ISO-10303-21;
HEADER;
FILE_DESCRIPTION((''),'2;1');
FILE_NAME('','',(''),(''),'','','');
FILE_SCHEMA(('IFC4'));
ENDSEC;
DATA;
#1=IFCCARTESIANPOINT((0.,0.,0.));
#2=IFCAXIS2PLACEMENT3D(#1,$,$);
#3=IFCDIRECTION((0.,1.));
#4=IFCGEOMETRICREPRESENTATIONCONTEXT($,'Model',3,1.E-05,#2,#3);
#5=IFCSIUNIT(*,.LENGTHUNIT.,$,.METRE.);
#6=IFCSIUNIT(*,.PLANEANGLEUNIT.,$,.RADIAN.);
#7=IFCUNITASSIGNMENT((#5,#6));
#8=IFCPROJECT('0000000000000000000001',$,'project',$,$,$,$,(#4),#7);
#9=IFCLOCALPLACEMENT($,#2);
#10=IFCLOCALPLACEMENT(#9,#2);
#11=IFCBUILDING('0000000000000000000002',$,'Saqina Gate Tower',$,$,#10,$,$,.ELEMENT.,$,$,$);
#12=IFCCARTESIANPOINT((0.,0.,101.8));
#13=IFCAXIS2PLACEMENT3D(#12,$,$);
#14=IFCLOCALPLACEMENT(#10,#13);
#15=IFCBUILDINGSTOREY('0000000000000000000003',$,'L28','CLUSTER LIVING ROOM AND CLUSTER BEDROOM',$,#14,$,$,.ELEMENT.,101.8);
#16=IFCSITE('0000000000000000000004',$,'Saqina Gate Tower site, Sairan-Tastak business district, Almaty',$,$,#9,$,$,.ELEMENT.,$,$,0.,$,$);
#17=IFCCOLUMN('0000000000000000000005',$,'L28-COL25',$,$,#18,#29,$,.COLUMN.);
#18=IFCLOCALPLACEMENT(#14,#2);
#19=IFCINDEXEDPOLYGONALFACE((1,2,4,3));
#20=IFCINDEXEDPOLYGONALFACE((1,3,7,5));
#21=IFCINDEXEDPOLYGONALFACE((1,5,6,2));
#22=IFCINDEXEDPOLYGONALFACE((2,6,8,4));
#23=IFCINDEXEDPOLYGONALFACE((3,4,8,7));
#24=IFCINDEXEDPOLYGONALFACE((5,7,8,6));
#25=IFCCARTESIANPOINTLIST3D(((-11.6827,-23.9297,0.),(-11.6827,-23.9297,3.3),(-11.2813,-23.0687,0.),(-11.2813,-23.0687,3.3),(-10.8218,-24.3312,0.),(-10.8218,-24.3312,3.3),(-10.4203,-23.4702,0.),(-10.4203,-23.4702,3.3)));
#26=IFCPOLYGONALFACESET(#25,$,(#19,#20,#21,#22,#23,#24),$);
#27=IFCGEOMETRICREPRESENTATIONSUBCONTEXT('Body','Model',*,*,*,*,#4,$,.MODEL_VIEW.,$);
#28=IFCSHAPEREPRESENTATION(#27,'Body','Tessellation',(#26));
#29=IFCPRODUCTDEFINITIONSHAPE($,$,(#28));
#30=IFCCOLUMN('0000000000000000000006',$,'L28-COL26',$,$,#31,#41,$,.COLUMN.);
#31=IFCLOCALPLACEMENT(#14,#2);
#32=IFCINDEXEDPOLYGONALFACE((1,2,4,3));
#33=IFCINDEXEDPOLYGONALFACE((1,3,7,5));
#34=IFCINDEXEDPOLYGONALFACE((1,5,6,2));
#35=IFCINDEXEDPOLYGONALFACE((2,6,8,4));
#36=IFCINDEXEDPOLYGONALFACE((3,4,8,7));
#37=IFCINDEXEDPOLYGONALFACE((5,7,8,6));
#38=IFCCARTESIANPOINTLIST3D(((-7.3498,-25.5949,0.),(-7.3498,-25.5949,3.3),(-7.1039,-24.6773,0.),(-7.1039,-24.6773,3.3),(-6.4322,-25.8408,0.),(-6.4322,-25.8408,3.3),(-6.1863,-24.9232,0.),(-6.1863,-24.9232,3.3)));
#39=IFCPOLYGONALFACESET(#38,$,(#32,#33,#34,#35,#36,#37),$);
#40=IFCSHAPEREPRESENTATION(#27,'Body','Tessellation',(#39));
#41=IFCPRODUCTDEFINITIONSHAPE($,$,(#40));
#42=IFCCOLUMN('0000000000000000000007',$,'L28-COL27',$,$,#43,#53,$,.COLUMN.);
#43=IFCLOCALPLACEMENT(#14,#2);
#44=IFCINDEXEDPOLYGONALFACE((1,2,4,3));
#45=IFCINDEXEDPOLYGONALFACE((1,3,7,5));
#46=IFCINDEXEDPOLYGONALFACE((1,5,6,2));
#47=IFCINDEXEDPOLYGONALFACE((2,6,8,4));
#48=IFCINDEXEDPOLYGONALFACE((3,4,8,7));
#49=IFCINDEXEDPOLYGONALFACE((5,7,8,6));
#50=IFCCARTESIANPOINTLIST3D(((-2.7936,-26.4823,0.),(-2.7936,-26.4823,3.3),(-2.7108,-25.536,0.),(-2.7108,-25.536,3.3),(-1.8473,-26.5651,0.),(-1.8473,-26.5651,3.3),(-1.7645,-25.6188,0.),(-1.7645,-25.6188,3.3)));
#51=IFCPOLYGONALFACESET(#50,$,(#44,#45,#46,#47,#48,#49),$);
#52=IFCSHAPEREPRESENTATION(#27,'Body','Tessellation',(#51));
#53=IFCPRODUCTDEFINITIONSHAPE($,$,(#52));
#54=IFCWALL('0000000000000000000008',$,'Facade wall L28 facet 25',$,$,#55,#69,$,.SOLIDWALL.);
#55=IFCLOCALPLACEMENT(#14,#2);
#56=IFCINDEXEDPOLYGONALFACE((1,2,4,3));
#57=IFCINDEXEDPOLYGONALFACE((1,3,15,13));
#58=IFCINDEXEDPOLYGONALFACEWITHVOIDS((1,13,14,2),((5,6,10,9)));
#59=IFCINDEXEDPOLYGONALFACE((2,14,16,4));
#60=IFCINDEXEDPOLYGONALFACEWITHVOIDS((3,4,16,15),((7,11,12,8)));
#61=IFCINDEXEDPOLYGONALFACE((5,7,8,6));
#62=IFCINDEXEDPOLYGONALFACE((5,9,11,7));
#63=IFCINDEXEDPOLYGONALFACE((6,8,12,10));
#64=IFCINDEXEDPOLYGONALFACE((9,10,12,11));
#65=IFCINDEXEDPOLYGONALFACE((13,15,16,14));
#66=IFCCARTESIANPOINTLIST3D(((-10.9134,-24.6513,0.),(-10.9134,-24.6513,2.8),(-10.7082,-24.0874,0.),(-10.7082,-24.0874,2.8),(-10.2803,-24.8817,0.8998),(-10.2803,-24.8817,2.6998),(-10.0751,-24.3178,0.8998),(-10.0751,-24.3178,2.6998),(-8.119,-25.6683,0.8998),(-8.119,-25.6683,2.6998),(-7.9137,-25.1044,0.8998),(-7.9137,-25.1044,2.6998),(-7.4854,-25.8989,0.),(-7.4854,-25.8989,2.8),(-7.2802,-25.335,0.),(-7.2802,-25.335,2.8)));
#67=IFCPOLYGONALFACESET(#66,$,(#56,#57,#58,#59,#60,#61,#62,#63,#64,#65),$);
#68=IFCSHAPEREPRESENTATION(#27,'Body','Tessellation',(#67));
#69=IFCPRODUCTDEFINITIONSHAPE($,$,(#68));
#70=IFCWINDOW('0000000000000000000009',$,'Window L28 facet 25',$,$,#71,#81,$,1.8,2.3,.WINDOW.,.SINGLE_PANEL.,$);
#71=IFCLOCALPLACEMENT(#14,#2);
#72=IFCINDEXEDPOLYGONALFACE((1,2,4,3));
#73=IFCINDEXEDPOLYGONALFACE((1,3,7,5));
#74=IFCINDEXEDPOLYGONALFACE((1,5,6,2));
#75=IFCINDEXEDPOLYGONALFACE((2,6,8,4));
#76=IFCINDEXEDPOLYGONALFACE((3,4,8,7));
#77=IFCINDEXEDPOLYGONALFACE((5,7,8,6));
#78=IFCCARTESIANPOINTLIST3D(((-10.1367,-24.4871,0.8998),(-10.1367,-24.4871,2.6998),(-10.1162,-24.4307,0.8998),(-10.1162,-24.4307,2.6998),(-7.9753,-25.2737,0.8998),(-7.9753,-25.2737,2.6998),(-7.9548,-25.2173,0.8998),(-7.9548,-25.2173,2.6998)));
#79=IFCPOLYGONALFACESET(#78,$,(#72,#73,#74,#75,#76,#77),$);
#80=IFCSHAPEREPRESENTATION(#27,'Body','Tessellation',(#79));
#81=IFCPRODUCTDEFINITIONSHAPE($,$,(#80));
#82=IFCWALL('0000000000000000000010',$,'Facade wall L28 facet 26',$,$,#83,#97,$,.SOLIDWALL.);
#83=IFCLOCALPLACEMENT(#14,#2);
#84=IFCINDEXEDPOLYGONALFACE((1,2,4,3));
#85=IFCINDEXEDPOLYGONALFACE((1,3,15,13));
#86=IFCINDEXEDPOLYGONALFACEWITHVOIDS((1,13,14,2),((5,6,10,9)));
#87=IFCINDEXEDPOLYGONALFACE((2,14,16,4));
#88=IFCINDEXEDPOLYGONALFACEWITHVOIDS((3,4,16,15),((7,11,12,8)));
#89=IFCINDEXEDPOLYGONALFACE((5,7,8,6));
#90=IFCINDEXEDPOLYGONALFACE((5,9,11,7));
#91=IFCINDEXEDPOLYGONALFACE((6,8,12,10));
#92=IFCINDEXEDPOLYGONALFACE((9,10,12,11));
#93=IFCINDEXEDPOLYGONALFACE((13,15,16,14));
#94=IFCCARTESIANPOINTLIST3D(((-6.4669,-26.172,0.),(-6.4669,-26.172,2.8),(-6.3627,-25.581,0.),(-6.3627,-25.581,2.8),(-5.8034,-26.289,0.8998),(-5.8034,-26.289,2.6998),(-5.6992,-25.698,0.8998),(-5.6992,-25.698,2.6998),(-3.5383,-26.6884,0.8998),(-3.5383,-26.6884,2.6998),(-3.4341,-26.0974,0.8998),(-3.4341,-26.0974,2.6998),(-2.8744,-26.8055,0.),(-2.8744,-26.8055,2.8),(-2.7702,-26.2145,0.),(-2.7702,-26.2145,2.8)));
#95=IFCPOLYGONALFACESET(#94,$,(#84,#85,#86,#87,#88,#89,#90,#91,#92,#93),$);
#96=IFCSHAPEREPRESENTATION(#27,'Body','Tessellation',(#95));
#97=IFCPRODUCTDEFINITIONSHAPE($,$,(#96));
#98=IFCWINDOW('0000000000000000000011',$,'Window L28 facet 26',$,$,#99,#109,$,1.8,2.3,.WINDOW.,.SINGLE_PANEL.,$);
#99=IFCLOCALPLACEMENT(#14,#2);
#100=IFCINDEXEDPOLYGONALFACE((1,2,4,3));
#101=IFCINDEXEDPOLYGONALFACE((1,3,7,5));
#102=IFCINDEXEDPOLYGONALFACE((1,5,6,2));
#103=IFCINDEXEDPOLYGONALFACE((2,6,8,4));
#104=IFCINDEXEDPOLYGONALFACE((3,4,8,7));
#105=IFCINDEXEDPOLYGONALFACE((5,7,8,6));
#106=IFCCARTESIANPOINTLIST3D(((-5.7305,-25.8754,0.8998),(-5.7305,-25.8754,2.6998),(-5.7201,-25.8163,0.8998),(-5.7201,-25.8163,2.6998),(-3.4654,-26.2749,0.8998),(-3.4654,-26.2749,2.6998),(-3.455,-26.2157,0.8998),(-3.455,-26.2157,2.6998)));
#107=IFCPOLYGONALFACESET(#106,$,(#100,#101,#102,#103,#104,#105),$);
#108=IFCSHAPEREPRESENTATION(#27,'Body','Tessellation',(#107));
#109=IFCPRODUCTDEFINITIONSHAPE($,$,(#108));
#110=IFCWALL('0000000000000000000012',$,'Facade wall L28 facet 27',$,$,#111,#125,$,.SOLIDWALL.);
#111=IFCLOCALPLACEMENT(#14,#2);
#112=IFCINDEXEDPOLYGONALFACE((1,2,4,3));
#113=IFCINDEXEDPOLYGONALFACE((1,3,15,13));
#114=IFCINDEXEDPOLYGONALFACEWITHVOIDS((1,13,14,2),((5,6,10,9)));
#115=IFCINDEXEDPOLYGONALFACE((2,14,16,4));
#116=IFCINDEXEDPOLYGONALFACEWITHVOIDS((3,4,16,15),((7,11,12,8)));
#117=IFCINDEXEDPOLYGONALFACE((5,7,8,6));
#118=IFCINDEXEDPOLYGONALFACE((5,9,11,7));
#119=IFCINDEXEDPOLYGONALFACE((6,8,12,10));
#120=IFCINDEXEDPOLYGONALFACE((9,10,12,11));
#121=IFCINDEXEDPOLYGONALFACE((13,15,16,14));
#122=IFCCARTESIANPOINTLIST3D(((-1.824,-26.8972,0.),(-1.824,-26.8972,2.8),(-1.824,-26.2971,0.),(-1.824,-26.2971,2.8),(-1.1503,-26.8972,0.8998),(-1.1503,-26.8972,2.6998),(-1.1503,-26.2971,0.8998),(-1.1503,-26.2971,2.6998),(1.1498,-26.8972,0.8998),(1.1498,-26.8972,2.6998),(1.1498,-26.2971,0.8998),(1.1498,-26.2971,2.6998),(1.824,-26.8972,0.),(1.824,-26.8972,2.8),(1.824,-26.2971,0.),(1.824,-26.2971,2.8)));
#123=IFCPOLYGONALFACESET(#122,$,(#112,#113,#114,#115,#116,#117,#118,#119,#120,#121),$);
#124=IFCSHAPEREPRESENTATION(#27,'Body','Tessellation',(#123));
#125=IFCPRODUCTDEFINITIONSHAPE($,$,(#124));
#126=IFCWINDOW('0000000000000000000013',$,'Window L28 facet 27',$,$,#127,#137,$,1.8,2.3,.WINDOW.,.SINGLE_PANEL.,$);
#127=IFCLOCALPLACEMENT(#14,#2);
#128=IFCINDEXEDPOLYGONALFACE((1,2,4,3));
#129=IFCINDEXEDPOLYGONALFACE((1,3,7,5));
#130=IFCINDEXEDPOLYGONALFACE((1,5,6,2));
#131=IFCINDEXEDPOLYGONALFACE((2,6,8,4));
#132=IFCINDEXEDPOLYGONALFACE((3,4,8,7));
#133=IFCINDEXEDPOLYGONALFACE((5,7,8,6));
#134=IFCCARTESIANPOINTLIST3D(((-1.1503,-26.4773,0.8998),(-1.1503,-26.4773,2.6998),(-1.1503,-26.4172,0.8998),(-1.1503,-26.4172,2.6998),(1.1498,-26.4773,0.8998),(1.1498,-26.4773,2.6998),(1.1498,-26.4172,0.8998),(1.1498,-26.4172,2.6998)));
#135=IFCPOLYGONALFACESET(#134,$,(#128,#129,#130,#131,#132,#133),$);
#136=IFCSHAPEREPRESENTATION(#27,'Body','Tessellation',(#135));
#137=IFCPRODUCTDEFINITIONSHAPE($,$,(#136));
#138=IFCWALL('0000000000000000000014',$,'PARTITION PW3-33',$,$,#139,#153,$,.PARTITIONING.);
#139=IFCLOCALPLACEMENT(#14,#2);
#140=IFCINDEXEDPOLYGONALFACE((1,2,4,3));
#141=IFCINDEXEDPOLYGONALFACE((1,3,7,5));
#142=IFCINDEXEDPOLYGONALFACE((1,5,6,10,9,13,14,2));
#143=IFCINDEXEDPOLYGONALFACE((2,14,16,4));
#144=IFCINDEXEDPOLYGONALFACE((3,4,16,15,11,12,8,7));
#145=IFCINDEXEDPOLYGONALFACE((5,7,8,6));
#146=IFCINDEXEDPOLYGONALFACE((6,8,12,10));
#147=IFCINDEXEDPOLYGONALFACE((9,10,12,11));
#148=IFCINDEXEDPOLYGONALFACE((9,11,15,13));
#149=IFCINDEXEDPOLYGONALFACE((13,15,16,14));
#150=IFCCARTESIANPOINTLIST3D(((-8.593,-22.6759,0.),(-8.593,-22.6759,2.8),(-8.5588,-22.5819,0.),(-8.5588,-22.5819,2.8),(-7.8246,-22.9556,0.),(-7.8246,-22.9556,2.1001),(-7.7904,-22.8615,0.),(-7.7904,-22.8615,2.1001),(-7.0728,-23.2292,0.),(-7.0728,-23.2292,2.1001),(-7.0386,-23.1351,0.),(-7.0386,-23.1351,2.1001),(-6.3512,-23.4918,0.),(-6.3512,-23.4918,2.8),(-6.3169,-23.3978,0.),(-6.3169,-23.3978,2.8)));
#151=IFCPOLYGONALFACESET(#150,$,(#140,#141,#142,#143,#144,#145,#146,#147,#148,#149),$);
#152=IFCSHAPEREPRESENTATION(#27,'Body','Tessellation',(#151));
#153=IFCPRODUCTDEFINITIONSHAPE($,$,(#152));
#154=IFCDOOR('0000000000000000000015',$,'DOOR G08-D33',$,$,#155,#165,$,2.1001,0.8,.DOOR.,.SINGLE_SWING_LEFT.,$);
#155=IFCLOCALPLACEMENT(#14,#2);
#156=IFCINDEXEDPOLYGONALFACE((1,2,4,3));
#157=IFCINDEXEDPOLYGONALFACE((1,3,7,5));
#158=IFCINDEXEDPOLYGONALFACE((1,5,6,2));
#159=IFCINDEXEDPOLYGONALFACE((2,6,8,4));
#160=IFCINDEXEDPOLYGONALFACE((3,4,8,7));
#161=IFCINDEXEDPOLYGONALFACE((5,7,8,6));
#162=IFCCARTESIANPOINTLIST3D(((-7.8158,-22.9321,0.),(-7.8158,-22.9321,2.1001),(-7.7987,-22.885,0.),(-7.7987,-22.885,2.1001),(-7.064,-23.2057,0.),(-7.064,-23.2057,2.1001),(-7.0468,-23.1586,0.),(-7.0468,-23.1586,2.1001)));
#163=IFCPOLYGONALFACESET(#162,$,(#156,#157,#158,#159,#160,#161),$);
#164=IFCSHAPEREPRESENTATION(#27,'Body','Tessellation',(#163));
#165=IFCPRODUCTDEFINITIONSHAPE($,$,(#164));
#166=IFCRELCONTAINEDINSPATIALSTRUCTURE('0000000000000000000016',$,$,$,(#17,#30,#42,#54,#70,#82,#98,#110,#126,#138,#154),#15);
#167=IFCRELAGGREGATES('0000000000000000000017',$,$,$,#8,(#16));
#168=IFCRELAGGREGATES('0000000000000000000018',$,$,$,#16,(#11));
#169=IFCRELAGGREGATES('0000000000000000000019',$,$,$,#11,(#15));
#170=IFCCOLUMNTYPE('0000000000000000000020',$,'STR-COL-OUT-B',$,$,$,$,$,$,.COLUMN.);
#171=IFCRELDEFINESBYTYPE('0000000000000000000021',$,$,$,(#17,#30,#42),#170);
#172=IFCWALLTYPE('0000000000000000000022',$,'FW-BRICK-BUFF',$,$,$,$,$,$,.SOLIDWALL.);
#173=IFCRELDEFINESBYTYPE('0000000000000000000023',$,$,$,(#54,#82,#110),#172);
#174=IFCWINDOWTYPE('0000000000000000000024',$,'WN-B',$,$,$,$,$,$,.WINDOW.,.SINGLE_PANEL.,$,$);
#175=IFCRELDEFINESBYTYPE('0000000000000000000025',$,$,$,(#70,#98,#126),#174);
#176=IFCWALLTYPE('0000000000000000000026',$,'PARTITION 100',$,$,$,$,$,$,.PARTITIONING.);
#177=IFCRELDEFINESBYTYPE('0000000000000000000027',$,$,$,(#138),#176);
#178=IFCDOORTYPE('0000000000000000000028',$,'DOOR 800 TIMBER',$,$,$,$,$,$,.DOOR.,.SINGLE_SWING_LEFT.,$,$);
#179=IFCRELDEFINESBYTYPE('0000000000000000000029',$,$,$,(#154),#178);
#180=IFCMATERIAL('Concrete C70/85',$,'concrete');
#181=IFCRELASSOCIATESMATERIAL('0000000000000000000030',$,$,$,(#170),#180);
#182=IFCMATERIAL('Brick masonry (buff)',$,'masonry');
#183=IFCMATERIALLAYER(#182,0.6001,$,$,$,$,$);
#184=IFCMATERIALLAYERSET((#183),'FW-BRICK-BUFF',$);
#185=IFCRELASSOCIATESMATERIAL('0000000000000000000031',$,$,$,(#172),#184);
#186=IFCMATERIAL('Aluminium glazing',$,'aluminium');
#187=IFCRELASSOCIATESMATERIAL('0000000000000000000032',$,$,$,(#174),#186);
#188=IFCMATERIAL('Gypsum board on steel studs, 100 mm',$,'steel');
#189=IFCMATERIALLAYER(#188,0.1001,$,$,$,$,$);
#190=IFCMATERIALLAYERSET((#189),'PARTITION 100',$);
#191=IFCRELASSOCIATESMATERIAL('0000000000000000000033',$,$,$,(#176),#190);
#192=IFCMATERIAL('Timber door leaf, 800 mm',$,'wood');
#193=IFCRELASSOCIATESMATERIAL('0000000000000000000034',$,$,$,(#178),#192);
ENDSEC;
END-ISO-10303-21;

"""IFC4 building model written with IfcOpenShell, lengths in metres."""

from ifc_helpers import new_model, si_unit, direction, frame, frame_2d, origin, origin_2d, place, context, subcontext, project, spatial, rectangle, extrude, material, layer, layer_set, material_profile, profile_set, type_object, element, fill, save


model = new_model("IFC4")

# Units and contexts
model_context = context("Model", 3, precision=1e-05, world=origin(), true_north=direction((0.0, 1.0)))
body_context = subcontext(model_context, "Body", "Model", "MODEL_VIEW")
ifc_project = project(units=[si_unit("LENGTHUNIT", "METRE"), si_unit("PLANEANGLEUNIT", "RADIAN")], contexts=[model_context])

# Site, building, storey
site_placement = place(None, origin())
site = spatial("IfcSite", under=ifc_project, at=site_placement, Name="Saqina Gate Tower site, Sairan-Tastak business district, Almaty", CompositionType="ELEMENT", RefElevation=0.0)
building_placement = place(site_placement, origin())
building = spatial("IfcBuilding", under=site, at=building_placement, Name="Saqina Gate Tower", CompositionType="ELEMENT")
storey_placement = place(building_placement, frame((0.0, 0.0, 101.8)))
storey = spatial("IfcBuildingStorey", under=building, at=storey_placement, Name="L28", Description="CLUSTER LIVING ROOM AND CLUSTER BEDROOM", CompositionType="ELEMENT", Elevation=101.8)

# Columns
ifc_material_1 = material(Name="Concrete C70/85", Category="concrete")
ifc_material_profile = material_profile(ifc_material_1, rectangle(XDim=0.95, YDim=0.95, at=origin_2d()), Name="RC 950x950")
ifc_profile_set = profile_set([ifc_material_profile], Name="Concrete C70/85")
column_type = type_object("IfcColumnType", Name="STR-COL-OUT-B", PredefinedType="COLUMN", material=ifc_profile_set)
for number, where, z_axis, x_axis, name in (
    (1, (-11.0515, -23.7, 0.0), (0.0, 0.0, 1.0), (-0.422618, -0.906308, 0.0), "L28-COL25"),
    (2, (-6.7681, -25.259, 0.0), (0.0, 0.0, 1.0), (-0.258819, -0.965926, 0.0), "L28-COL26"),
    (3, (-2.2791, -26.0505, 0.0), (0.0, 0.0, 1.0), (-0.087156, -0.996195, 0.0), "L28-COL27"),
):
    element("IfcColumn", number, at=place(storey_placement, frame(where, z_axis=z_axis, x_axis=x_axis)), inside=storey, type_object=column_type, Name=name, PredefinedType="COLUMN", context=body_context, shape_type="SweptSolid", body=[
        extrude(rectangle(XDim=0.95, YDim=0.95, at=origin_2d()), origin(), (0.0, 0.0, 1.0), 3.3),
    ])

# Walls, openings, windows
ifc_material_2 = material(Name="Brick masonry (buff)", Category="masonry")
ifc_layer_1 = layer(ifc_material_2, 0.6001)
ifc_layer_set_1 = layer_set([ifc_layer_1], Name="FW-BRICK-BUFF")
wall_type_1 = type_object("IfcWallType", Name="FW-BRICK-BUFF", PredefinedType="SOLIDWALL", material=ifc_layer_set_1)
wall_1_placement = place(storey_placement, frame((-10.8108, -24.3694, 0.0), z_axis=(0.0, 0.0, 1.0), x_axis=(0.939704, -0.34199, 0.0)))
wall_1 = element("IfcWall", 4, at=wall_1_placement, inside=storey, type_object=wall_type_1, Name="Facade wall L28 facet 25", PredefinedType="SOLIDWALL", context=body_context, shape_type="SweptSolid", body=[
    extrude(rectangle(XDim=3.6479, YDim=0.6001, at=frame_2d((1.824, 0.0))), origin(), (0.0, 0.0, 1.0), 2.8),
])
opening_1_placement = place(wall_1_placement, frame((0.6738, 0.0, 0.8999)))
opening_1 = element("IfcOpeningElement", 5, at=opening_1_placement, cuts=wall_1, PredefinedType="OPENING", context=body_context, shape_type="SweptSolid", body=[
    extrude(rectangle(XDim=2.3, YDim=1.8, at=frame_2d((1.1499, 0.8999))), frame((0.0, 0.312, 0.0), z_axis=(0.0, -1.0, 0.0), x_axis=(1.0, 0.0, 0.0)), (0.0, 0.0, 1.0), 0.624),
])
ifc_material_3 = material(Name="Aluminium glazing", Category="aluminium")
window_type = type_object("IfcWindowType", Name="WN-B", PartitioningType="SINGLE_PANEL", PredefinedType="WINDOW", material=ifc_material_3)
window_1_placement = place(opening_1_placement, origin())
window_1 = element("IfcWindow", 6, at=window_1_placement, inside=storey, type_object=window_type, Name="Window L28 facet 25", OverallHeight=1.8, OverallWidth=2.3, PartitioningType="SINGLE_PANEL", PredefinedType="WINDOW", context=body_context, shape_type="SweptSolid", body=[
    extrude(rectangle(XDim=2.3, YDim=1.8, at=frame_2d((1.1499, 0.8999))), frame((0.0, 0.1799, 0.0), z_axis=(0.0, -1.0, 0.0), x_axis=(1.0, 0.0, 0.0)), (0.0, 0.0, 1.0), 0.0601),
])
fill(opening_1, window_1)
wall_2_placement = place(storey_placement, frame((-6.4148, -25.8765, 0.0), z_axis=(0.0, 0.0, 1.0), x_axis=(0.984804, -0.173671, 0.0)))
wall_2 = element("IfcWall", 7, at=wall_2_placement, inside=storey, type_object=wall_type_1, Name="Facade wall L28 facet 26", PredefinedType="SOLIDWALL", context=body_context, shape_type="SweptSolid", body=[
    extrude(rectangle(XDim=3.6479, YDim=0.6001, at=frame_2d((1.824, 0.0))), origin(), (0.0, 0.0, 1.0), 2.8),
])
opening_2_placement = place(wall_2_placement, frame((0.6738, 0.0, 0.8999)))
opening_2 = element("IfcOpeningElement", 8, at=opening_2_placement, cuts=wall_2, PredefinedType="OPENING", context=body_context, shape_type="SweptSolid", body=[
    extrude(rectangle(XDim=2.3, YDim=1.8, at=frame_2d((1.1499, 0.8999))), frame((0.0, 0.312, 0.0), z_axis=(0.0, -1.0, 0.0), x_axis=(1.0, 0.0, 0.0)), (0.0, 0.0, 1.0), 0.624),
])
window_2_placement = place(opening_2_placement, origin())
window_2 = element("IfcWindow", 9, at=window_2_placement, inside=storey, type_object=window_type, Name="Window L28 facet 26", OverallHeight=1.8, OverallWidth=2.3, PartitioningType="SINGLE_PANEL", PredefinedType="WINDOW", context=body_context, shape_type="SweptSolid", body=[
    extrude(rectangle(XDim=2.3, YDim=1.8, at=frame_2d((1.1499, 0.8999))), frame((0.0, 0.1799, 0.0), z_axis=(0.0, -1.0, 0.0), x_axis=(1.0, 0.0, 0.0)), (0.0, 0.0, 1.0), 0.0601),
])
fill(opening_2, window_2)
wall_3_placement = place(storey_placement, frame((-1.824, -26.5972, 0.0), z_axis=(0.0, 0.0, 1.0), x_axis=(1.0, 0.0, 0.0)))
wall_3 = element("IfcWall", 10, at=wall_3_placement, inside=storey, type_object=wall_type_1, Name="Facade wall L28 facet 27", PredefinedType="SOLIDWALL", context=body_context, shape_type="SweptSolid", body=[
    extrude(rectangle(XDim=3.6479, YDim=0.6001, at=frame_2d((1.824, 0.0))), origin(), (0.0, 0.0, 1.0), 2.8),
])
opening_3_placement = place(wall_3_placement, frame((0.6738, 0.0, 0.8999)))
opening_3 = element("IfcOpeningElement", 11, at=opening_3_placement, cuts=wall_3, PredefinedType="OPENING", context=body_context, shape_type="SweptSolid", body=[
    extrude(rectangle(XDim=2.3, YDim=1.8, at=frame_2d((1.1499, 0.8999))), frame((0.0, 0.312, 0.0), z_axis=(0.0, -1.0, 0.0), x_axis=(1.0, 0.0, 0.0)), (0.0, 0.0, 1.0), 0.624),
])
window_3_placement = place(opening_3_placement, origin())
window_3 = element("IfcWindow", 12, at=window_3_placement, inside=storey, type_object=window_type, Name="Window L28 facet 27", OverallHeight=1.8, OverallWidth=2.3, PartitioningType="SINGLE_PANEL", PredefinedType="WINDOW", context=body_context, shape_type="SweptSolid", body=[
    extrude(rectangle(XDim=2.3, YDim=1.8, at=frame_2d((1.1499, 0.8999))), frame((0.0, 0.1799, 0.0), z_axis=(0.0, -1.0, 0.0), x_axis=(1.0, 0.0, 0.0)), (0.0, 0.0, 1.0), 0.0601),
])
fill(opening_3, window_3)

# Wall, opening, door
ifc_material_4 = material(Name="Gypsum board on steel studs, 100 mm", Category="steel")
ifc_layer_2 = layer(ifc_material_4, 0.1001)
ifc_layer_set_2 = layer_set([ifc_layer_2], Name="PARTITION 100")
wall_type_2 = type_object("IfcWallType", Name="PARTITION 100", PredefinedType="PARTITIONING", material=ifc_layer_set_2)
wall_4_placement = place(storey_placement, frame((-8.5759, -22.6289, 0.0), z_axis=(0.0, 0.0, 1.0), x_axis=(0.939704, -0.34199, 0.0)))
wall_4 = element("IfcWall", 13, at=wall_4_placement, inside=storey, type_object=wall_type_2, Name="PARTITION PW3-33", PredefinedType="PARTITIONING", context=body_context, shape_type="SweptSolid", body=[
    extrude(rectangle(XDim=2.3857, YDim=0.1001, at=frame_2d((1.1929, 0.0))), origin(), (0.0, 0.0, 1.0), 2.8),
])
opening_4_placement = place(wall_4_placement, frame((0.8179, 0.0, 0.0)))
opening_4 = element("IfcOpeningElement", 14, at=opening_4_placement, cuts=wall_4, PredefinedType="OPENING", context=body_context, shape_type="SweptSolid", body=[
    extrude(rectangle(XDim=0.8, YDim=2.1001, at=frame_2d((0.3999, 1.05))), frame((0.0, 0.062, 0.0), z_axis=(0.0, -1.0, 0.0), x_axis=(1.0, 0.0, 0.0)), (0.0, 0.0, 1.0), 0.124),
])
ifc_material_5 = material(Name="Timber door leaf, 800 mm", Category="wood")
door_type_1 = type_object("IfcDoorType", Name="DOOR 800 TIMBER", OperationType="SINGLE_SWING_LEFT", PredefinedType="DOOR", material=ifc_material_5)
door_1_placement = place(opening_4_placement, frame((0.8, 0.0, 0.0), z_axis=(0.0, 0.0, 1.0), x_axis=(-1.0, 0.0, 0.0)))
door_1 = element("IfcDoor", 15, at=door_1_placement, inside=storey, type_object=door_type_1, Name="DOOR G08-D33", OperationType="SINGLE_SWING_LEFT", OverallHeight=2.1001, OverallWidth=0.8, PredefinedType="DOOR", context=body_context, shape_type="SweptSolid", body=[
    extrude(rectangle(XDim=0.8, YDim=2.1001, at=frame_2d((0.3999, 1.05))), frame((0.0, 0.0249, 0.0), z_axis=(0.0, -1.0, 0.0), x_axis=(1.0, 0.0, 0.0)), (0.0, 0.0, 1.0), 0.05),
])
fill(opening_4, door_1)

save(model, "model.ifc")
